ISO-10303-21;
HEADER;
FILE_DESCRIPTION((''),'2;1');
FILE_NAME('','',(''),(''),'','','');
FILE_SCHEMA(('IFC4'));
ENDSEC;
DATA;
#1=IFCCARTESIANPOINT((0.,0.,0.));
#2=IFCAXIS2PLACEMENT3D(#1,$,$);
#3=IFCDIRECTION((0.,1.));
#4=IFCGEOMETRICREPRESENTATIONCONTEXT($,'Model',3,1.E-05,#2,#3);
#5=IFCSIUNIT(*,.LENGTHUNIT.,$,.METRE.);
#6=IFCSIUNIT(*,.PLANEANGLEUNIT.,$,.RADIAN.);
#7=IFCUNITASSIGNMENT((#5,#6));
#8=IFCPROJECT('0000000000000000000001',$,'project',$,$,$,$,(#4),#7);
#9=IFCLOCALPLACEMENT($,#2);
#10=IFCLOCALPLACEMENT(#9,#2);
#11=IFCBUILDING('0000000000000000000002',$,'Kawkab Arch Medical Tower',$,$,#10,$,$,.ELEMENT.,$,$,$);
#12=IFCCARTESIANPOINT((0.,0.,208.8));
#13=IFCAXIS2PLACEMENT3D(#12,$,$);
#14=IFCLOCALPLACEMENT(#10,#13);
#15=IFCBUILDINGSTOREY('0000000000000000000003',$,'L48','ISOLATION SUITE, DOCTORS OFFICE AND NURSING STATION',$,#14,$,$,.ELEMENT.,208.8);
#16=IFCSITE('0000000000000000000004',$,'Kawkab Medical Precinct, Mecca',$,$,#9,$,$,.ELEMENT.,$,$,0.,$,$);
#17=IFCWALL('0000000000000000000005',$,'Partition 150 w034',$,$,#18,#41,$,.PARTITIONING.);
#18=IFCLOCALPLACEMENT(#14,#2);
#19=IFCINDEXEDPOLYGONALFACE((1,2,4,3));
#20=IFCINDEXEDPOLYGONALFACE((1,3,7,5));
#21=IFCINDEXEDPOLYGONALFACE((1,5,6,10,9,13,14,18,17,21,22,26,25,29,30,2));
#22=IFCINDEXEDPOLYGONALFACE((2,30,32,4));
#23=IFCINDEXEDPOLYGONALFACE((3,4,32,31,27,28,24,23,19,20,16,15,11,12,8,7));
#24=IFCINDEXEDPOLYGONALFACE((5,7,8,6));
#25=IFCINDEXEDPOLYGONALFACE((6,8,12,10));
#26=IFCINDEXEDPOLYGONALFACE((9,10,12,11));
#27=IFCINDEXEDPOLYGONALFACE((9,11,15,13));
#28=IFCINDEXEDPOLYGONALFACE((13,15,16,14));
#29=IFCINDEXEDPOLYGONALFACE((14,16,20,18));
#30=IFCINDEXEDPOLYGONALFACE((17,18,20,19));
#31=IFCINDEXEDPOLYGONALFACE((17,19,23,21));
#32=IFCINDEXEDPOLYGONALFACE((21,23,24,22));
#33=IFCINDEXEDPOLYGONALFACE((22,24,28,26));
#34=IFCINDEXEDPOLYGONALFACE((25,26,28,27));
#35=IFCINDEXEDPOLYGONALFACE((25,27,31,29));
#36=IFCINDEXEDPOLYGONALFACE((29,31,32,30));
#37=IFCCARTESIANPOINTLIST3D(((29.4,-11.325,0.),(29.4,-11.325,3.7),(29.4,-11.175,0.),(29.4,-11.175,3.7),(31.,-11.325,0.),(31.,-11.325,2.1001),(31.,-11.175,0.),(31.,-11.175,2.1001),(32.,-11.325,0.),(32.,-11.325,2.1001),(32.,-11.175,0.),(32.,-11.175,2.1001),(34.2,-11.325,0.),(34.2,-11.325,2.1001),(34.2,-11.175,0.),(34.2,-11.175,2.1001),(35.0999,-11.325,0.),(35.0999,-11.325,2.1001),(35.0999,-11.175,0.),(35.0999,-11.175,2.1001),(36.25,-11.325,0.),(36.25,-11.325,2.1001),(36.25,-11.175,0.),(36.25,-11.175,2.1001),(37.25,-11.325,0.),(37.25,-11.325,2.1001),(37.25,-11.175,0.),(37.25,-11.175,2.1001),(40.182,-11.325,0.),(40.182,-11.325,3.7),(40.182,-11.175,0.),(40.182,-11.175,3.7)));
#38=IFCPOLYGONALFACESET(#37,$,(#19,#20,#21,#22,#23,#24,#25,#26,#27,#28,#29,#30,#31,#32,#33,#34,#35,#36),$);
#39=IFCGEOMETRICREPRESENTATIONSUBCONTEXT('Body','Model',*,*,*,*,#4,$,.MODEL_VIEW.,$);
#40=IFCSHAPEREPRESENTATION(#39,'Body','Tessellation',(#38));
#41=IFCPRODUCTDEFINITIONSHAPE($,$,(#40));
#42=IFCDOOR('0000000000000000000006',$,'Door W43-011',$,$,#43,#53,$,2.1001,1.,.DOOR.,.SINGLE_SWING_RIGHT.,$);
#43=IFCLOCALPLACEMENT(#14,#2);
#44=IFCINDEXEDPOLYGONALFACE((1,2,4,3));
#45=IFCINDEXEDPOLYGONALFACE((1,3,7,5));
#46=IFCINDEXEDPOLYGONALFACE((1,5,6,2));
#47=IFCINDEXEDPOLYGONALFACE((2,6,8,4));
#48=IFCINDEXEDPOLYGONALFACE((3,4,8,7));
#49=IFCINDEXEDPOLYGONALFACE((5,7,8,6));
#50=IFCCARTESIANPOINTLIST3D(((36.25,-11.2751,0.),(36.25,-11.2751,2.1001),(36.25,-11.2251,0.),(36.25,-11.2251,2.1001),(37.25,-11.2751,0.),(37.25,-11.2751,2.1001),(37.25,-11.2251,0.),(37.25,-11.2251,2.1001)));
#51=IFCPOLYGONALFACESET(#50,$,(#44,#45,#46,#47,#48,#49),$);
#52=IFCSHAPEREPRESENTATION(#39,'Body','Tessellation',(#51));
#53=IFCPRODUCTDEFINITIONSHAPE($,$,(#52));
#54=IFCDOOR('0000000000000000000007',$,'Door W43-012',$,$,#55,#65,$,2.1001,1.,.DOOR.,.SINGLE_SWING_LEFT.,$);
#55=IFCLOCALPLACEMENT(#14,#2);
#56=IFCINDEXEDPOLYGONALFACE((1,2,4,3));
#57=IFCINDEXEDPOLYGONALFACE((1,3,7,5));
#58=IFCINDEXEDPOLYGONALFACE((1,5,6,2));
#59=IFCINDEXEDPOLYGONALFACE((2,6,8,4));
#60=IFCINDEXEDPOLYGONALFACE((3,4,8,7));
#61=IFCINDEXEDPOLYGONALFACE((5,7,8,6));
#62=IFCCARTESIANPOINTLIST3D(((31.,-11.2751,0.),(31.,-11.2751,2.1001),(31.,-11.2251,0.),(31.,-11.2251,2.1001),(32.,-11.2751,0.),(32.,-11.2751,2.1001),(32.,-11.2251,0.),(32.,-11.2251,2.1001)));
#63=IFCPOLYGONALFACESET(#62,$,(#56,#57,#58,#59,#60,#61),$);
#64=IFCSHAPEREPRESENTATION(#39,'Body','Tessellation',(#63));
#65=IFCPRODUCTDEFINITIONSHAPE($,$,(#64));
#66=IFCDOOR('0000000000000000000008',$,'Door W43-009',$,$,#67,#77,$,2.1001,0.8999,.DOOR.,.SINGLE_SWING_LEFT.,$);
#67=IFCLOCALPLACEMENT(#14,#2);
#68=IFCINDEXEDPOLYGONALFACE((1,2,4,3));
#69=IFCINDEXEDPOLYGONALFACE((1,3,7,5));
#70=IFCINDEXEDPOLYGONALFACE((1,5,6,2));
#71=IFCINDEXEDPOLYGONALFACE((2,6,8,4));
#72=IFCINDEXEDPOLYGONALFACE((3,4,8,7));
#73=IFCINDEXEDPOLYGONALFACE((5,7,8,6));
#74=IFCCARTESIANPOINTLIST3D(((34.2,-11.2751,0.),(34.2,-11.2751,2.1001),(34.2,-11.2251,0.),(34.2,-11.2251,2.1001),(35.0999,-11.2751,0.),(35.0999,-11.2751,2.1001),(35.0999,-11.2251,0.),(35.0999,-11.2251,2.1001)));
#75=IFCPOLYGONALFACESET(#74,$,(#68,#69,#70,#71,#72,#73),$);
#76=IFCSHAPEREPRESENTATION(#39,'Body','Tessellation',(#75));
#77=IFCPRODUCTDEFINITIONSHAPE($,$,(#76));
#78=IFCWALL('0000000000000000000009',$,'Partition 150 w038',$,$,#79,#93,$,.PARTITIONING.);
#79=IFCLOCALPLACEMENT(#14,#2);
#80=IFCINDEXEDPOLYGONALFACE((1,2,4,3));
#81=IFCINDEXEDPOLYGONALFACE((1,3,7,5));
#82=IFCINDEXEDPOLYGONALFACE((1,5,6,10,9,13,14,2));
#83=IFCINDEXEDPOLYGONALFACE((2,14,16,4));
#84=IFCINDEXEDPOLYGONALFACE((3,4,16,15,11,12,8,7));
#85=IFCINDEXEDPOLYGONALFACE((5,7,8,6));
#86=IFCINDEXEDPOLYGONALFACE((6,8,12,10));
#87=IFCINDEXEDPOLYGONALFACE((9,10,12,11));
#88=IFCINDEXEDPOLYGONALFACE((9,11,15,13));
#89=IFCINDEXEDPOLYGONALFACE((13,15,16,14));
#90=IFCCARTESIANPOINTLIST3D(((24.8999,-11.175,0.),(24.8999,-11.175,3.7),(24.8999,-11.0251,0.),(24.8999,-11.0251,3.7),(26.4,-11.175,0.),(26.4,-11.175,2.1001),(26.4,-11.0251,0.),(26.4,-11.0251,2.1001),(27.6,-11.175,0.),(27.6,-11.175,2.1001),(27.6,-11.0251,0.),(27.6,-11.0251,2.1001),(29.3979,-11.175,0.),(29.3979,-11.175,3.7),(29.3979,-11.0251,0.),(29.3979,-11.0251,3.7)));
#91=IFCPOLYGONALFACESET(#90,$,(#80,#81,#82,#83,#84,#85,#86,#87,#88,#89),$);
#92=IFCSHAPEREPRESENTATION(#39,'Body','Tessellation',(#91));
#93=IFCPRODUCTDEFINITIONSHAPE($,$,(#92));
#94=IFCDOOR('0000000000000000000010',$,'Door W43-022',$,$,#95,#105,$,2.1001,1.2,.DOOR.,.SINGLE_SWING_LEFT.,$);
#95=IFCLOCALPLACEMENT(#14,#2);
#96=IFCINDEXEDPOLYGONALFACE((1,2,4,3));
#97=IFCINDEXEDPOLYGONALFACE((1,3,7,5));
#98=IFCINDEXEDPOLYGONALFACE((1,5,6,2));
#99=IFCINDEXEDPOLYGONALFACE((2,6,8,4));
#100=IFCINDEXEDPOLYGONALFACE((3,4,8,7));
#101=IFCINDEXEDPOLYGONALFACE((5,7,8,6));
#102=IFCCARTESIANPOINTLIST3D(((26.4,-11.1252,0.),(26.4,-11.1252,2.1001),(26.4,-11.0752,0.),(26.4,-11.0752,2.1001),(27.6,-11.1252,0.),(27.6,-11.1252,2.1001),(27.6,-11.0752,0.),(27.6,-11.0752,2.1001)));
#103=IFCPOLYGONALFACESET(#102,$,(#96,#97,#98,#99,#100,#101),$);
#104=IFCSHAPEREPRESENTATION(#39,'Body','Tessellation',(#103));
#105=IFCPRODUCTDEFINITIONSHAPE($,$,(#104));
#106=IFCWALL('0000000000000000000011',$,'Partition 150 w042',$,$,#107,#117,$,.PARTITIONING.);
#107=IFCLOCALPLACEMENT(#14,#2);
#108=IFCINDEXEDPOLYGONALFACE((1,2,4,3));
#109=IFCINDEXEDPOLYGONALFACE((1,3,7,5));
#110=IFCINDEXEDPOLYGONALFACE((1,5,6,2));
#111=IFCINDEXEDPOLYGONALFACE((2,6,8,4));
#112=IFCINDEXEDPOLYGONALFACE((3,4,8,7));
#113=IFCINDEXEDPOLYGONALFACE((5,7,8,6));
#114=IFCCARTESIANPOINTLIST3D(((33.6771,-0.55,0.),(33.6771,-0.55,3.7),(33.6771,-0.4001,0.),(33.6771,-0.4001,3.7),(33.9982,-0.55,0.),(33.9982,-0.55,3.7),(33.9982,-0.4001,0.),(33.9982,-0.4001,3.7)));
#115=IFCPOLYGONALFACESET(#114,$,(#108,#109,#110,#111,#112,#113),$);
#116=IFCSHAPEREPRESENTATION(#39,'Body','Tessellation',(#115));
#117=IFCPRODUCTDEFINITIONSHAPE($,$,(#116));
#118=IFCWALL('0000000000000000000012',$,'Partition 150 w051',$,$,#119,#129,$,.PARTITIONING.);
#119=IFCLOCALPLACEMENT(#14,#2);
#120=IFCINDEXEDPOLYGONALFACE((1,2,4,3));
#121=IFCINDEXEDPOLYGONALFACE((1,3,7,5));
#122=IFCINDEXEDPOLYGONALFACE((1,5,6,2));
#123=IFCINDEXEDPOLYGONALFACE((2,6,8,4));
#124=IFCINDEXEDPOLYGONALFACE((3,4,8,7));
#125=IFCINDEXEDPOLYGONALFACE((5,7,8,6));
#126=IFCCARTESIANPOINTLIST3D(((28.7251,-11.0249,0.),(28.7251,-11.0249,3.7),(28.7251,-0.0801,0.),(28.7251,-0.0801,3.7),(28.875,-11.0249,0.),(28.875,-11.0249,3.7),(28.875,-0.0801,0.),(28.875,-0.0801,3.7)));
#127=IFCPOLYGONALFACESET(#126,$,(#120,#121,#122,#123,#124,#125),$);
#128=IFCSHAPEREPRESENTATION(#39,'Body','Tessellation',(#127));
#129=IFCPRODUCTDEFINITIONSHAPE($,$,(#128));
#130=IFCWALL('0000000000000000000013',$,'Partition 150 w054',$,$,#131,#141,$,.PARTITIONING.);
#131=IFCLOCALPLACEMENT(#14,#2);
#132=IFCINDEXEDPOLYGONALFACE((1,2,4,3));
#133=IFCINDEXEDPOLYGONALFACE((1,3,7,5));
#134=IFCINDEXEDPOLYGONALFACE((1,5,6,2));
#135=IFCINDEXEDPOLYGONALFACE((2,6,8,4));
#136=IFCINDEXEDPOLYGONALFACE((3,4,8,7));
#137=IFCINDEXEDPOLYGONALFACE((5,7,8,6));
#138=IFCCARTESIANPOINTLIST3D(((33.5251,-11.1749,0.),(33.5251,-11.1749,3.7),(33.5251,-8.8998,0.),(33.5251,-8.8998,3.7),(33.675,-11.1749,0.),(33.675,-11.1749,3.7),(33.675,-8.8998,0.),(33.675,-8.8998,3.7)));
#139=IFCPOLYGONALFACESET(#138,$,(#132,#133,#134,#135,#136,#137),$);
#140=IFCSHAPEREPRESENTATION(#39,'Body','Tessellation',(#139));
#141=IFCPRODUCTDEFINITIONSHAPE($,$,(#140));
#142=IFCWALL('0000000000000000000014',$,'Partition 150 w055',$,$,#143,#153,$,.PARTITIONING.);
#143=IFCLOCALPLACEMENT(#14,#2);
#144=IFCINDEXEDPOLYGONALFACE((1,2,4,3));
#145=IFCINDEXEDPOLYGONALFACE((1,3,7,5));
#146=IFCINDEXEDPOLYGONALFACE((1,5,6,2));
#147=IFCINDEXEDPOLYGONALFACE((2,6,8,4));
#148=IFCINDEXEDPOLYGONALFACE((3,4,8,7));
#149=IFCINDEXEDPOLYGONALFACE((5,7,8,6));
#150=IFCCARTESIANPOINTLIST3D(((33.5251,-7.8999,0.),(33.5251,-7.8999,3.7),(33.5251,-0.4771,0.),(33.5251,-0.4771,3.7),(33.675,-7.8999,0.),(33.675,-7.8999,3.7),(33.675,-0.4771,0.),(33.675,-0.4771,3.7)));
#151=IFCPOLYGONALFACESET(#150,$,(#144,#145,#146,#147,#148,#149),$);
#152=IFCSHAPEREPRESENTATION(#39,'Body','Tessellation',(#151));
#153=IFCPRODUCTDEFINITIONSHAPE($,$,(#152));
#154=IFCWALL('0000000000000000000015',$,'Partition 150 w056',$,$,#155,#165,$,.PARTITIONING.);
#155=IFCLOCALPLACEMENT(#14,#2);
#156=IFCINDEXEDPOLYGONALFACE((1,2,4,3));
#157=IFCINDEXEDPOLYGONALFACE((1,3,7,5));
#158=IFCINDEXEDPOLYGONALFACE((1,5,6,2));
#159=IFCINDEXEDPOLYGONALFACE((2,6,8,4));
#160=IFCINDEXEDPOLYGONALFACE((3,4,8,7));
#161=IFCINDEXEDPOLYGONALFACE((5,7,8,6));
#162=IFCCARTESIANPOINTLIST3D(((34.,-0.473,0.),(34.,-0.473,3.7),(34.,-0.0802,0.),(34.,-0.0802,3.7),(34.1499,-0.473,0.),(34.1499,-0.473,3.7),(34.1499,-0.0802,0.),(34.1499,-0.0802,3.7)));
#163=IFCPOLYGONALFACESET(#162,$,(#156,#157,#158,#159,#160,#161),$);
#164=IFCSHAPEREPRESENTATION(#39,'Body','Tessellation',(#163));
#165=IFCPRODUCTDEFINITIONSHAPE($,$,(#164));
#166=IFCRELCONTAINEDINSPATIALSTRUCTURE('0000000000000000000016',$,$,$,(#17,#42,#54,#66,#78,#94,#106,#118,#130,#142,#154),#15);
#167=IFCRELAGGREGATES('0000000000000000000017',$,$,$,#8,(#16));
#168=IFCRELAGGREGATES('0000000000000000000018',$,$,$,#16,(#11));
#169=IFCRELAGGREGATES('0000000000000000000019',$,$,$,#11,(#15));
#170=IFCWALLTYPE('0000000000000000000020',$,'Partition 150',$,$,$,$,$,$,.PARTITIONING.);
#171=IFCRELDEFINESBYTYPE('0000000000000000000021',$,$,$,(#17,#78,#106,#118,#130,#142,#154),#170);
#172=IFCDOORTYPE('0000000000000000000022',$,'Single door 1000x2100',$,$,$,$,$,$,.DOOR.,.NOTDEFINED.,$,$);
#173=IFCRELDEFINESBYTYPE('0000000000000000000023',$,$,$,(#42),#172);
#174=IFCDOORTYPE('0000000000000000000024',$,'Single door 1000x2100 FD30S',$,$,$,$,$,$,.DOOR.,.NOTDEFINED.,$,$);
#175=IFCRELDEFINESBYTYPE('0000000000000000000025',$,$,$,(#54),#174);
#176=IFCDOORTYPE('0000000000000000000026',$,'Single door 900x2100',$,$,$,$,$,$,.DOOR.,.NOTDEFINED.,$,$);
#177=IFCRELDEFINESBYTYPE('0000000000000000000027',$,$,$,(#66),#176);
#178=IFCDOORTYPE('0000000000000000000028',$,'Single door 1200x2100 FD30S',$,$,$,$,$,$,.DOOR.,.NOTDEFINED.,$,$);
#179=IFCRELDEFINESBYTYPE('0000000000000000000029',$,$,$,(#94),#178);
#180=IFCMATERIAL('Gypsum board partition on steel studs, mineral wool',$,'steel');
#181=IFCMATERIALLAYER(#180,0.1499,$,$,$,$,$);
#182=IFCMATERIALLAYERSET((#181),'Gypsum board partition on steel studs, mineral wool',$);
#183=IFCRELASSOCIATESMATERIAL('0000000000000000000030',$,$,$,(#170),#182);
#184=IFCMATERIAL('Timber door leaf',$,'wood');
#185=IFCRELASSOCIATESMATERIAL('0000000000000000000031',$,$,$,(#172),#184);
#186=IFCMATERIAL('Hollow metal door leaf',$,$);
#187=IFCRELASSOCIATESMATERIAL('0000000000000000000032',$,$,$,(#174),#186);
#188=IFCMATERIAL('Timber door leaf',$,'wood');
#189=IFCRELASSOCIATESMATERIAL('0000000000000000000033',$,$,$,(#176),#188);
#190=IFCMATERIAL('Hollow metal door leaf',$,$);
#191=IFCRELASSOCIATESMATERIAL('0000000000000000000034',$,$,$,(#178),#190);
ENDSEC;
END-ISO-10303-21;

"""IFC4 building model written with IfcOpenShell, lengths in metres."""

from ifc_helpers import new_model, si_unit, direction, frame, frame_2d, origin, place, context, subcontext, project, spatial, rectangle, extrude, material, layer, layer_set, type_object, element, fill, save


model = new_model("IFC4")

# Units and contexts
model_context = context("Model", 3, precision=1e-05, world=origin(), true_north=direction((0.0, 1.0)))
body_context = subcontext(model_context, "Body", "Model", "MODEL_VIEW")
ifc_project = project(units=[si_unit("LENGTHUNIT", "METRE"), si_unit("PLANEANGLEUNIT", "RADIAN")], contexts=[model_context])

# Site, building, storey
site_placement = place(None, origin())
site = spatial("IfcSite", under=ifc_project, at=site_placement, Name="Kawkab Medical Precinct, Mecca", CompositionType="ELEMENT", RefElevation=0.0)
building_placement = place(site_placement, origin())
building = spatial("IfcBuilding", under=site, at=building_placement, Name="Kawkab Arch Medical Tower", CompositionType="ELEMENT")
storey_placement = place(building_placement, frame((0.0, 0.0, 208.8)))
storey = spatial("IfcBuildingStorey", under=building, at=storey_placement, Name="L48", Description="ISOLATION SUITE, DOCTORS OFFICE AND NURSING STATION", CompositionType="ELEMENT", Elevation=208.8)

# Wall, openings, doors
ifc_material_1 = material(Name="Gypsum board partition on steel studs, mineral wool", Category="steel")
ifc_layer_1 = layer(ifc_material_1, 0.1499)
ifc_layer_set_1 = layer_set([ifc_layer_1], Name="Gypsum board partition on steel studs, mineral wool")
wall_type_1 = type_object("IfcWallType", Name="Partition 150", PredefinedType="PARTITIONING", material=ifc_layer_set_1)
wall_1_placement = place(storey_placement, frame((29.3999, -11.25, 0.0), z_axis=(0.0, 0.0, 1.0), x_axis=(1.0, 0.0, 0.0)))
wall_1 = element("IfcWall", 1, at=wall_1_placement, inside=storey, type_object=wall_type_1, Name="Partition 150 w034", PredefinedType="PARTITIONING", context=body_context, shape_type="SweptSolid", body=[
    extrude(rectangle(XDim=10.782, YDim=0.1499, at=frame_2d((5.3911, 0.0))), origin(), (0.0, 0.0, 1.0), 3.7),
])
opening_1_placement = place(wall_1_placement, frame((1.6001, 0.0, 0.0)))
opening_1 = element("IfcOpeningElement", 2, at=opening_1_placement, cuts=wall_1, PredefinedType="OPENING", context=body_context, shape_type="SweptSolid", body=[
    extrude(rectangle(XDim=1.0, YDim=2.1001, at=frame_2d((0.5, 1.05))), frame((0.0, 0.085, 0.0), z_axis=(0.0, -1.0, 0.0), x_axis=(1.0, 0.0, 0.0)), (0.0, 0.0, 1.0), 0.1699),
])
opening_2_placement = place(wall_1_placement, frame((4.8, 0.0, 0.0)))
opening_2 = element("IfcOpeningElement", 3, at=opening_2_placement, cuts=wall_1, PredefinedType="OPENING", context=body_context, shape_type="SweptSolid", body=[
    extrude(rectangle(XDim=0.8999, YDim=2.1001, at=frame_2d((0.45, 1.05))), frame((0.0, 0.085, 0.0), z_axis=(0.0, -1.0, 0.0), x_axis=(1.0, 0.0, 0.0)), (0.0, 0.0, 1.0), 0.1699),
])
opening_3_placement = place(wall_1_placement, frame((6.8501, 0.0, 0.0)))
opening_3 = element("IfcOpeningElement", 4, at=opening_3_placement, cuts=wall_1, PredefinedType="OPENING", context=body_context, shape_type="SweptSolid", body=[
    extrude(rectangle(XDim=1.0, YDim=2.1001, at=frame_2d((0.5, 1.05))), frame((0.0, 0.085, 0.0), z_axis=(0.0, -1.0, 0.0), x_axis=(1.0, 0.0, 0.0)), (0.0, 0.0, 1.0), 0.1699),
])
ifc_material_2 = material(Name="Timber door leaf", Category="wood")
door_type_1 = type_object("IfcDoorType", Name="Single door 1000x2100", OperationType="NOTDEFINED", PredefinedType="DOOR", material=ifc_material_2)
door_1_placement = place(opening_3_placement, origin())
door_1 = element("IfcDoor", 5, at=door_1_placement, inside=storey, type_object=door_type_1, Name="Door W43-011", OperationType="SINGLE_SWING_RIGHT", OverallHeight=2.1001, OverallWidth=1.0, PredefinedType="DOOR", context=body_context, shape_type="SweptSolid", body=[
    extrude(rectangle(XDim=1.0, YDim=2.1001, at=frame_2d((0.5, 1.05))), frame((0.0, 0.0249, 0.0), z_axis=(0.0, -1.0, 0.0), x_axis=(1.0, 0.0, 0.0)), (0.0, 0.0, 1.0), 0.05),
])
fill(opening_3, door_1)
ifc_material_3 = material(Name="Hollow metal door leaf")
door_type_2 = type_object("IfcDoorType", Name="Single door 1000x2100 FD30S", OperationType="NOTDEFINED", PredefinedType="DOOR", material=ifc_material_3)
door_2_placement = place(opening_1_placement, origin())
door_2 = element("IfcDoor", 6, at=door_2_placement, inside=storey, type_object=door_type_2, Name="Door W43-012", OperationType="SINGLE_SWING_LEFT", OverallHeight=2.1001, OverallWidth=1.0, PredefinedType="DOOR", context=body_context, shape_type="SweptSolid", body=[
    extrude(rectangle(XDim=1.0, YDim=2.1001, at=frame_2d((0.5, 1.05))), frame((0.0, 0.0249, 0.0), z_axis=(0.0, -1.0, 0.0), x_axis=(1.0, 0.0, 0.0)), (0.0, 0.0, 1.0), 0.05),
])
fill(opening_1, door_2)
ifc_material_4 = material(Name="Timber door leaf", Category="wood")
door_type_3 = type_object("IfcDoorType", Name="Single door 900x2100", OperationType="NOTDEFINED", PredefinedType="DOOR", material=ifc_material_4)
door_3_placement = place(opening_2_placement, origin())
door_3 = element("IfcDoor", 7, at=door_3_placement, inside=storey, type_object=door_type_3, Name="Door W43-009", OperationType="SINGLE_SWING_LEFT", OverallHeight=2.1001, OverallWidth=0.8999, PredefinedType="DOOR", context=body_context, shape_type="SweptSolid", body=[
    extrude(rectangle(XDim=0.8999, YDim=2.1001, at=frame_2d((0.45, 1.05))), frame((0.0, 0.0249, 0.0), z_axis=(0.0, -1.0, 0.0), x_axis=(1.0, 0.0, 0.0)), (0.0, 0.0, 1.0), 0.05),
])
fill(opening_2, door_3)

# Wall, opening, door
wall_2_placement = place(storey_placement, frame((24.8999, -11.1001, 0.0), z_axis=(0.0, 0.0, 1.0), x_axis=(1.0, 0.0, 0.0)))
wall_2 = element("IfcWall", 8, at=wall_2_placement, inside=storey, type_object=wall_type_1, Name="Partition 150 w038", PredefinedType="PARTITIONING", context=body_context, shape_type="SweptSolid", body=[
    extrude(rectangle(XDim=4.498, YDim=0.1499, at=frame_2d((2.249, 0.0))), origin(), (0.0, 0.0, 1.0), 3.7),
])
opening_4_placement = place(wall_2_placement, frame((1.5, 0.0, 0.0)))
opening_4 = element("IfcOpeningElement", 9, at=opening_4_placement, cuts=wall_2, PredefinedType="OPENING", context=body_context, shape_type="SweptSolid", body=[
    extrude(rectangle(XDim=1.2, YDim=2.1001, at=frame_2d((0.6001, 1.05))), frame((0.0, 0.085, 0.0), z_axis=(0.0, -1.0, 0.0), x_axis=(1.0, 0.0, 0.0)), (0.0, 0.0, 1.0), 0.1699),
])
ifc_material_5 = material(Name="Hollow metal door leaf")
door_type_4 = type_object("IfcDoorType", Name="Single door 1200x2100 FD30S", OperationType="NOTDEFINED", PredefinedType="DOOR", material=ifc_material_5)
door_4_placement = place(opening_4_placement, origin())
door_4 = element("IfcDoor", 10, at=door_4_placement, inside=storey, type_object=door_type_4, Name="Door W43-022", OperationType="SINGLE_SWING_LEFT", OverallHeight=2.1001, OverallWidth=1.2, PredefinedType="DOOR", context=body_context, shape_type="SweptSolid", body=[
    extrude(rectangle(XDim=1.2, YDim=2.1001, at=frame_2d((0.6001, 1.05))), frame((0.0, 0.0249, 0.0), z_axis=(0.0, -1.0, 0.0), x_axis=(1.0, 0.0, 0.0)), (0.0, 0.0, 1.0), 0.05),
])
fill(opening_4, door_4)

# Walls
wall_3_placement = place(storey_placement, frame((33.677, -0.4751, 0.0), z_axis=(0.0, 0.0, 1.0), x_axis=(1.0, 0.0, 0.0)))
element("IfcWall", 11, at=wall_3_placement, inside=storey, type_object=wall_type_1, Name="Partition 150 w042", PredefinedType="PARTITIONING", context=body_context, shape_type="SweptSolid", body=[
    extrude(rectangle(XDim=0.321, YDim=0.1499, at=frame_2d((0.1606, 0.0))), origin(), (0.0, 0.0, 1.0), 3.7),
])
wall_4_placement = place(storey_placement, frame((28.8, -11.0249, 0.0), z_axis=(0.0, 0.0, 1.0), x_axis=(0.0, 1.0, 0.0)))
element("IfcWall", 12, at=wall_4_placement, inside=storey, type_object=wall_type_1, Name="Partition 150 w051", PredefinedType="PARTITIONING", context=body_context, shape_type="SweptSolid", body=[
    extrude(rectangle(XDim=10.9448, YDim=0.1499, at=frame_2d((5.4724, 0.0))), origin(), (0.0, 0.0, 1.0), 3.7),
])
wall_5_placement = place(storey_placement, frame((33.6001, -11.175, 0.0), z_axis=(0.0, 0.0, 1.0), x_axis=(0.0, 1.0, 0.0)))
element("IfcWall", 13, at=wall_5_placement, inside=storey, type_object=wall_type_1, Name="Partition 150 w054", PredefinedType="PARTITIONING", context=body_context, shape_type="SweptSolid", body=[
    extrude(rectangle(XDim=2.2751, YDim=0.1499, at=frame_2d((1.1377, 0.0))), origin(), (0.0, 0.0, 1.0), 3.7),
])
wall_6_placement = place(storey_placement, frame((33.6001, -7.8999, 0.0), z_axis=(0.0, 0.0, 1.0), x_axis=(0.0, 1.0, 0.0)))
element("IfcWall", 14, at=wall_6_placement, inside=storey, type_object=wall_type_1, Name="Partition 150 w055", PredefinedType="PARTITIONING", context=body_context, shape_type="SweptSolid", body=[
    extrude(rectangle(XDim=7.4229, YDim=0.1499, at=frame_2d((3.7114, 0.0))), origin(), (0.0, 0.0, 1.0), 3.7),
])
wall_7_placement = place(storey_placement, frame((34.075, -0.4729, 0.0), z_axis=(0.0, 0.0, 1.0), x_axis=(0.0, 1.0, 0.0)))
element("IfcWall", 15, at=wall_7_placement, inside=storey, type_object=wall_type_1, Name="Partition 150 w056", PredefinedType="PARTITIONING", context=body_context, shape_type="SweptSolid", body=[
    extrude(rectangle(XDim=0.3928, YDim=0.1499, at=frame_2d((0.1963, 0.0))), origin(), (0.0, 0.0, 1.0), 3.7),
])

save(model, "model.ifc")
